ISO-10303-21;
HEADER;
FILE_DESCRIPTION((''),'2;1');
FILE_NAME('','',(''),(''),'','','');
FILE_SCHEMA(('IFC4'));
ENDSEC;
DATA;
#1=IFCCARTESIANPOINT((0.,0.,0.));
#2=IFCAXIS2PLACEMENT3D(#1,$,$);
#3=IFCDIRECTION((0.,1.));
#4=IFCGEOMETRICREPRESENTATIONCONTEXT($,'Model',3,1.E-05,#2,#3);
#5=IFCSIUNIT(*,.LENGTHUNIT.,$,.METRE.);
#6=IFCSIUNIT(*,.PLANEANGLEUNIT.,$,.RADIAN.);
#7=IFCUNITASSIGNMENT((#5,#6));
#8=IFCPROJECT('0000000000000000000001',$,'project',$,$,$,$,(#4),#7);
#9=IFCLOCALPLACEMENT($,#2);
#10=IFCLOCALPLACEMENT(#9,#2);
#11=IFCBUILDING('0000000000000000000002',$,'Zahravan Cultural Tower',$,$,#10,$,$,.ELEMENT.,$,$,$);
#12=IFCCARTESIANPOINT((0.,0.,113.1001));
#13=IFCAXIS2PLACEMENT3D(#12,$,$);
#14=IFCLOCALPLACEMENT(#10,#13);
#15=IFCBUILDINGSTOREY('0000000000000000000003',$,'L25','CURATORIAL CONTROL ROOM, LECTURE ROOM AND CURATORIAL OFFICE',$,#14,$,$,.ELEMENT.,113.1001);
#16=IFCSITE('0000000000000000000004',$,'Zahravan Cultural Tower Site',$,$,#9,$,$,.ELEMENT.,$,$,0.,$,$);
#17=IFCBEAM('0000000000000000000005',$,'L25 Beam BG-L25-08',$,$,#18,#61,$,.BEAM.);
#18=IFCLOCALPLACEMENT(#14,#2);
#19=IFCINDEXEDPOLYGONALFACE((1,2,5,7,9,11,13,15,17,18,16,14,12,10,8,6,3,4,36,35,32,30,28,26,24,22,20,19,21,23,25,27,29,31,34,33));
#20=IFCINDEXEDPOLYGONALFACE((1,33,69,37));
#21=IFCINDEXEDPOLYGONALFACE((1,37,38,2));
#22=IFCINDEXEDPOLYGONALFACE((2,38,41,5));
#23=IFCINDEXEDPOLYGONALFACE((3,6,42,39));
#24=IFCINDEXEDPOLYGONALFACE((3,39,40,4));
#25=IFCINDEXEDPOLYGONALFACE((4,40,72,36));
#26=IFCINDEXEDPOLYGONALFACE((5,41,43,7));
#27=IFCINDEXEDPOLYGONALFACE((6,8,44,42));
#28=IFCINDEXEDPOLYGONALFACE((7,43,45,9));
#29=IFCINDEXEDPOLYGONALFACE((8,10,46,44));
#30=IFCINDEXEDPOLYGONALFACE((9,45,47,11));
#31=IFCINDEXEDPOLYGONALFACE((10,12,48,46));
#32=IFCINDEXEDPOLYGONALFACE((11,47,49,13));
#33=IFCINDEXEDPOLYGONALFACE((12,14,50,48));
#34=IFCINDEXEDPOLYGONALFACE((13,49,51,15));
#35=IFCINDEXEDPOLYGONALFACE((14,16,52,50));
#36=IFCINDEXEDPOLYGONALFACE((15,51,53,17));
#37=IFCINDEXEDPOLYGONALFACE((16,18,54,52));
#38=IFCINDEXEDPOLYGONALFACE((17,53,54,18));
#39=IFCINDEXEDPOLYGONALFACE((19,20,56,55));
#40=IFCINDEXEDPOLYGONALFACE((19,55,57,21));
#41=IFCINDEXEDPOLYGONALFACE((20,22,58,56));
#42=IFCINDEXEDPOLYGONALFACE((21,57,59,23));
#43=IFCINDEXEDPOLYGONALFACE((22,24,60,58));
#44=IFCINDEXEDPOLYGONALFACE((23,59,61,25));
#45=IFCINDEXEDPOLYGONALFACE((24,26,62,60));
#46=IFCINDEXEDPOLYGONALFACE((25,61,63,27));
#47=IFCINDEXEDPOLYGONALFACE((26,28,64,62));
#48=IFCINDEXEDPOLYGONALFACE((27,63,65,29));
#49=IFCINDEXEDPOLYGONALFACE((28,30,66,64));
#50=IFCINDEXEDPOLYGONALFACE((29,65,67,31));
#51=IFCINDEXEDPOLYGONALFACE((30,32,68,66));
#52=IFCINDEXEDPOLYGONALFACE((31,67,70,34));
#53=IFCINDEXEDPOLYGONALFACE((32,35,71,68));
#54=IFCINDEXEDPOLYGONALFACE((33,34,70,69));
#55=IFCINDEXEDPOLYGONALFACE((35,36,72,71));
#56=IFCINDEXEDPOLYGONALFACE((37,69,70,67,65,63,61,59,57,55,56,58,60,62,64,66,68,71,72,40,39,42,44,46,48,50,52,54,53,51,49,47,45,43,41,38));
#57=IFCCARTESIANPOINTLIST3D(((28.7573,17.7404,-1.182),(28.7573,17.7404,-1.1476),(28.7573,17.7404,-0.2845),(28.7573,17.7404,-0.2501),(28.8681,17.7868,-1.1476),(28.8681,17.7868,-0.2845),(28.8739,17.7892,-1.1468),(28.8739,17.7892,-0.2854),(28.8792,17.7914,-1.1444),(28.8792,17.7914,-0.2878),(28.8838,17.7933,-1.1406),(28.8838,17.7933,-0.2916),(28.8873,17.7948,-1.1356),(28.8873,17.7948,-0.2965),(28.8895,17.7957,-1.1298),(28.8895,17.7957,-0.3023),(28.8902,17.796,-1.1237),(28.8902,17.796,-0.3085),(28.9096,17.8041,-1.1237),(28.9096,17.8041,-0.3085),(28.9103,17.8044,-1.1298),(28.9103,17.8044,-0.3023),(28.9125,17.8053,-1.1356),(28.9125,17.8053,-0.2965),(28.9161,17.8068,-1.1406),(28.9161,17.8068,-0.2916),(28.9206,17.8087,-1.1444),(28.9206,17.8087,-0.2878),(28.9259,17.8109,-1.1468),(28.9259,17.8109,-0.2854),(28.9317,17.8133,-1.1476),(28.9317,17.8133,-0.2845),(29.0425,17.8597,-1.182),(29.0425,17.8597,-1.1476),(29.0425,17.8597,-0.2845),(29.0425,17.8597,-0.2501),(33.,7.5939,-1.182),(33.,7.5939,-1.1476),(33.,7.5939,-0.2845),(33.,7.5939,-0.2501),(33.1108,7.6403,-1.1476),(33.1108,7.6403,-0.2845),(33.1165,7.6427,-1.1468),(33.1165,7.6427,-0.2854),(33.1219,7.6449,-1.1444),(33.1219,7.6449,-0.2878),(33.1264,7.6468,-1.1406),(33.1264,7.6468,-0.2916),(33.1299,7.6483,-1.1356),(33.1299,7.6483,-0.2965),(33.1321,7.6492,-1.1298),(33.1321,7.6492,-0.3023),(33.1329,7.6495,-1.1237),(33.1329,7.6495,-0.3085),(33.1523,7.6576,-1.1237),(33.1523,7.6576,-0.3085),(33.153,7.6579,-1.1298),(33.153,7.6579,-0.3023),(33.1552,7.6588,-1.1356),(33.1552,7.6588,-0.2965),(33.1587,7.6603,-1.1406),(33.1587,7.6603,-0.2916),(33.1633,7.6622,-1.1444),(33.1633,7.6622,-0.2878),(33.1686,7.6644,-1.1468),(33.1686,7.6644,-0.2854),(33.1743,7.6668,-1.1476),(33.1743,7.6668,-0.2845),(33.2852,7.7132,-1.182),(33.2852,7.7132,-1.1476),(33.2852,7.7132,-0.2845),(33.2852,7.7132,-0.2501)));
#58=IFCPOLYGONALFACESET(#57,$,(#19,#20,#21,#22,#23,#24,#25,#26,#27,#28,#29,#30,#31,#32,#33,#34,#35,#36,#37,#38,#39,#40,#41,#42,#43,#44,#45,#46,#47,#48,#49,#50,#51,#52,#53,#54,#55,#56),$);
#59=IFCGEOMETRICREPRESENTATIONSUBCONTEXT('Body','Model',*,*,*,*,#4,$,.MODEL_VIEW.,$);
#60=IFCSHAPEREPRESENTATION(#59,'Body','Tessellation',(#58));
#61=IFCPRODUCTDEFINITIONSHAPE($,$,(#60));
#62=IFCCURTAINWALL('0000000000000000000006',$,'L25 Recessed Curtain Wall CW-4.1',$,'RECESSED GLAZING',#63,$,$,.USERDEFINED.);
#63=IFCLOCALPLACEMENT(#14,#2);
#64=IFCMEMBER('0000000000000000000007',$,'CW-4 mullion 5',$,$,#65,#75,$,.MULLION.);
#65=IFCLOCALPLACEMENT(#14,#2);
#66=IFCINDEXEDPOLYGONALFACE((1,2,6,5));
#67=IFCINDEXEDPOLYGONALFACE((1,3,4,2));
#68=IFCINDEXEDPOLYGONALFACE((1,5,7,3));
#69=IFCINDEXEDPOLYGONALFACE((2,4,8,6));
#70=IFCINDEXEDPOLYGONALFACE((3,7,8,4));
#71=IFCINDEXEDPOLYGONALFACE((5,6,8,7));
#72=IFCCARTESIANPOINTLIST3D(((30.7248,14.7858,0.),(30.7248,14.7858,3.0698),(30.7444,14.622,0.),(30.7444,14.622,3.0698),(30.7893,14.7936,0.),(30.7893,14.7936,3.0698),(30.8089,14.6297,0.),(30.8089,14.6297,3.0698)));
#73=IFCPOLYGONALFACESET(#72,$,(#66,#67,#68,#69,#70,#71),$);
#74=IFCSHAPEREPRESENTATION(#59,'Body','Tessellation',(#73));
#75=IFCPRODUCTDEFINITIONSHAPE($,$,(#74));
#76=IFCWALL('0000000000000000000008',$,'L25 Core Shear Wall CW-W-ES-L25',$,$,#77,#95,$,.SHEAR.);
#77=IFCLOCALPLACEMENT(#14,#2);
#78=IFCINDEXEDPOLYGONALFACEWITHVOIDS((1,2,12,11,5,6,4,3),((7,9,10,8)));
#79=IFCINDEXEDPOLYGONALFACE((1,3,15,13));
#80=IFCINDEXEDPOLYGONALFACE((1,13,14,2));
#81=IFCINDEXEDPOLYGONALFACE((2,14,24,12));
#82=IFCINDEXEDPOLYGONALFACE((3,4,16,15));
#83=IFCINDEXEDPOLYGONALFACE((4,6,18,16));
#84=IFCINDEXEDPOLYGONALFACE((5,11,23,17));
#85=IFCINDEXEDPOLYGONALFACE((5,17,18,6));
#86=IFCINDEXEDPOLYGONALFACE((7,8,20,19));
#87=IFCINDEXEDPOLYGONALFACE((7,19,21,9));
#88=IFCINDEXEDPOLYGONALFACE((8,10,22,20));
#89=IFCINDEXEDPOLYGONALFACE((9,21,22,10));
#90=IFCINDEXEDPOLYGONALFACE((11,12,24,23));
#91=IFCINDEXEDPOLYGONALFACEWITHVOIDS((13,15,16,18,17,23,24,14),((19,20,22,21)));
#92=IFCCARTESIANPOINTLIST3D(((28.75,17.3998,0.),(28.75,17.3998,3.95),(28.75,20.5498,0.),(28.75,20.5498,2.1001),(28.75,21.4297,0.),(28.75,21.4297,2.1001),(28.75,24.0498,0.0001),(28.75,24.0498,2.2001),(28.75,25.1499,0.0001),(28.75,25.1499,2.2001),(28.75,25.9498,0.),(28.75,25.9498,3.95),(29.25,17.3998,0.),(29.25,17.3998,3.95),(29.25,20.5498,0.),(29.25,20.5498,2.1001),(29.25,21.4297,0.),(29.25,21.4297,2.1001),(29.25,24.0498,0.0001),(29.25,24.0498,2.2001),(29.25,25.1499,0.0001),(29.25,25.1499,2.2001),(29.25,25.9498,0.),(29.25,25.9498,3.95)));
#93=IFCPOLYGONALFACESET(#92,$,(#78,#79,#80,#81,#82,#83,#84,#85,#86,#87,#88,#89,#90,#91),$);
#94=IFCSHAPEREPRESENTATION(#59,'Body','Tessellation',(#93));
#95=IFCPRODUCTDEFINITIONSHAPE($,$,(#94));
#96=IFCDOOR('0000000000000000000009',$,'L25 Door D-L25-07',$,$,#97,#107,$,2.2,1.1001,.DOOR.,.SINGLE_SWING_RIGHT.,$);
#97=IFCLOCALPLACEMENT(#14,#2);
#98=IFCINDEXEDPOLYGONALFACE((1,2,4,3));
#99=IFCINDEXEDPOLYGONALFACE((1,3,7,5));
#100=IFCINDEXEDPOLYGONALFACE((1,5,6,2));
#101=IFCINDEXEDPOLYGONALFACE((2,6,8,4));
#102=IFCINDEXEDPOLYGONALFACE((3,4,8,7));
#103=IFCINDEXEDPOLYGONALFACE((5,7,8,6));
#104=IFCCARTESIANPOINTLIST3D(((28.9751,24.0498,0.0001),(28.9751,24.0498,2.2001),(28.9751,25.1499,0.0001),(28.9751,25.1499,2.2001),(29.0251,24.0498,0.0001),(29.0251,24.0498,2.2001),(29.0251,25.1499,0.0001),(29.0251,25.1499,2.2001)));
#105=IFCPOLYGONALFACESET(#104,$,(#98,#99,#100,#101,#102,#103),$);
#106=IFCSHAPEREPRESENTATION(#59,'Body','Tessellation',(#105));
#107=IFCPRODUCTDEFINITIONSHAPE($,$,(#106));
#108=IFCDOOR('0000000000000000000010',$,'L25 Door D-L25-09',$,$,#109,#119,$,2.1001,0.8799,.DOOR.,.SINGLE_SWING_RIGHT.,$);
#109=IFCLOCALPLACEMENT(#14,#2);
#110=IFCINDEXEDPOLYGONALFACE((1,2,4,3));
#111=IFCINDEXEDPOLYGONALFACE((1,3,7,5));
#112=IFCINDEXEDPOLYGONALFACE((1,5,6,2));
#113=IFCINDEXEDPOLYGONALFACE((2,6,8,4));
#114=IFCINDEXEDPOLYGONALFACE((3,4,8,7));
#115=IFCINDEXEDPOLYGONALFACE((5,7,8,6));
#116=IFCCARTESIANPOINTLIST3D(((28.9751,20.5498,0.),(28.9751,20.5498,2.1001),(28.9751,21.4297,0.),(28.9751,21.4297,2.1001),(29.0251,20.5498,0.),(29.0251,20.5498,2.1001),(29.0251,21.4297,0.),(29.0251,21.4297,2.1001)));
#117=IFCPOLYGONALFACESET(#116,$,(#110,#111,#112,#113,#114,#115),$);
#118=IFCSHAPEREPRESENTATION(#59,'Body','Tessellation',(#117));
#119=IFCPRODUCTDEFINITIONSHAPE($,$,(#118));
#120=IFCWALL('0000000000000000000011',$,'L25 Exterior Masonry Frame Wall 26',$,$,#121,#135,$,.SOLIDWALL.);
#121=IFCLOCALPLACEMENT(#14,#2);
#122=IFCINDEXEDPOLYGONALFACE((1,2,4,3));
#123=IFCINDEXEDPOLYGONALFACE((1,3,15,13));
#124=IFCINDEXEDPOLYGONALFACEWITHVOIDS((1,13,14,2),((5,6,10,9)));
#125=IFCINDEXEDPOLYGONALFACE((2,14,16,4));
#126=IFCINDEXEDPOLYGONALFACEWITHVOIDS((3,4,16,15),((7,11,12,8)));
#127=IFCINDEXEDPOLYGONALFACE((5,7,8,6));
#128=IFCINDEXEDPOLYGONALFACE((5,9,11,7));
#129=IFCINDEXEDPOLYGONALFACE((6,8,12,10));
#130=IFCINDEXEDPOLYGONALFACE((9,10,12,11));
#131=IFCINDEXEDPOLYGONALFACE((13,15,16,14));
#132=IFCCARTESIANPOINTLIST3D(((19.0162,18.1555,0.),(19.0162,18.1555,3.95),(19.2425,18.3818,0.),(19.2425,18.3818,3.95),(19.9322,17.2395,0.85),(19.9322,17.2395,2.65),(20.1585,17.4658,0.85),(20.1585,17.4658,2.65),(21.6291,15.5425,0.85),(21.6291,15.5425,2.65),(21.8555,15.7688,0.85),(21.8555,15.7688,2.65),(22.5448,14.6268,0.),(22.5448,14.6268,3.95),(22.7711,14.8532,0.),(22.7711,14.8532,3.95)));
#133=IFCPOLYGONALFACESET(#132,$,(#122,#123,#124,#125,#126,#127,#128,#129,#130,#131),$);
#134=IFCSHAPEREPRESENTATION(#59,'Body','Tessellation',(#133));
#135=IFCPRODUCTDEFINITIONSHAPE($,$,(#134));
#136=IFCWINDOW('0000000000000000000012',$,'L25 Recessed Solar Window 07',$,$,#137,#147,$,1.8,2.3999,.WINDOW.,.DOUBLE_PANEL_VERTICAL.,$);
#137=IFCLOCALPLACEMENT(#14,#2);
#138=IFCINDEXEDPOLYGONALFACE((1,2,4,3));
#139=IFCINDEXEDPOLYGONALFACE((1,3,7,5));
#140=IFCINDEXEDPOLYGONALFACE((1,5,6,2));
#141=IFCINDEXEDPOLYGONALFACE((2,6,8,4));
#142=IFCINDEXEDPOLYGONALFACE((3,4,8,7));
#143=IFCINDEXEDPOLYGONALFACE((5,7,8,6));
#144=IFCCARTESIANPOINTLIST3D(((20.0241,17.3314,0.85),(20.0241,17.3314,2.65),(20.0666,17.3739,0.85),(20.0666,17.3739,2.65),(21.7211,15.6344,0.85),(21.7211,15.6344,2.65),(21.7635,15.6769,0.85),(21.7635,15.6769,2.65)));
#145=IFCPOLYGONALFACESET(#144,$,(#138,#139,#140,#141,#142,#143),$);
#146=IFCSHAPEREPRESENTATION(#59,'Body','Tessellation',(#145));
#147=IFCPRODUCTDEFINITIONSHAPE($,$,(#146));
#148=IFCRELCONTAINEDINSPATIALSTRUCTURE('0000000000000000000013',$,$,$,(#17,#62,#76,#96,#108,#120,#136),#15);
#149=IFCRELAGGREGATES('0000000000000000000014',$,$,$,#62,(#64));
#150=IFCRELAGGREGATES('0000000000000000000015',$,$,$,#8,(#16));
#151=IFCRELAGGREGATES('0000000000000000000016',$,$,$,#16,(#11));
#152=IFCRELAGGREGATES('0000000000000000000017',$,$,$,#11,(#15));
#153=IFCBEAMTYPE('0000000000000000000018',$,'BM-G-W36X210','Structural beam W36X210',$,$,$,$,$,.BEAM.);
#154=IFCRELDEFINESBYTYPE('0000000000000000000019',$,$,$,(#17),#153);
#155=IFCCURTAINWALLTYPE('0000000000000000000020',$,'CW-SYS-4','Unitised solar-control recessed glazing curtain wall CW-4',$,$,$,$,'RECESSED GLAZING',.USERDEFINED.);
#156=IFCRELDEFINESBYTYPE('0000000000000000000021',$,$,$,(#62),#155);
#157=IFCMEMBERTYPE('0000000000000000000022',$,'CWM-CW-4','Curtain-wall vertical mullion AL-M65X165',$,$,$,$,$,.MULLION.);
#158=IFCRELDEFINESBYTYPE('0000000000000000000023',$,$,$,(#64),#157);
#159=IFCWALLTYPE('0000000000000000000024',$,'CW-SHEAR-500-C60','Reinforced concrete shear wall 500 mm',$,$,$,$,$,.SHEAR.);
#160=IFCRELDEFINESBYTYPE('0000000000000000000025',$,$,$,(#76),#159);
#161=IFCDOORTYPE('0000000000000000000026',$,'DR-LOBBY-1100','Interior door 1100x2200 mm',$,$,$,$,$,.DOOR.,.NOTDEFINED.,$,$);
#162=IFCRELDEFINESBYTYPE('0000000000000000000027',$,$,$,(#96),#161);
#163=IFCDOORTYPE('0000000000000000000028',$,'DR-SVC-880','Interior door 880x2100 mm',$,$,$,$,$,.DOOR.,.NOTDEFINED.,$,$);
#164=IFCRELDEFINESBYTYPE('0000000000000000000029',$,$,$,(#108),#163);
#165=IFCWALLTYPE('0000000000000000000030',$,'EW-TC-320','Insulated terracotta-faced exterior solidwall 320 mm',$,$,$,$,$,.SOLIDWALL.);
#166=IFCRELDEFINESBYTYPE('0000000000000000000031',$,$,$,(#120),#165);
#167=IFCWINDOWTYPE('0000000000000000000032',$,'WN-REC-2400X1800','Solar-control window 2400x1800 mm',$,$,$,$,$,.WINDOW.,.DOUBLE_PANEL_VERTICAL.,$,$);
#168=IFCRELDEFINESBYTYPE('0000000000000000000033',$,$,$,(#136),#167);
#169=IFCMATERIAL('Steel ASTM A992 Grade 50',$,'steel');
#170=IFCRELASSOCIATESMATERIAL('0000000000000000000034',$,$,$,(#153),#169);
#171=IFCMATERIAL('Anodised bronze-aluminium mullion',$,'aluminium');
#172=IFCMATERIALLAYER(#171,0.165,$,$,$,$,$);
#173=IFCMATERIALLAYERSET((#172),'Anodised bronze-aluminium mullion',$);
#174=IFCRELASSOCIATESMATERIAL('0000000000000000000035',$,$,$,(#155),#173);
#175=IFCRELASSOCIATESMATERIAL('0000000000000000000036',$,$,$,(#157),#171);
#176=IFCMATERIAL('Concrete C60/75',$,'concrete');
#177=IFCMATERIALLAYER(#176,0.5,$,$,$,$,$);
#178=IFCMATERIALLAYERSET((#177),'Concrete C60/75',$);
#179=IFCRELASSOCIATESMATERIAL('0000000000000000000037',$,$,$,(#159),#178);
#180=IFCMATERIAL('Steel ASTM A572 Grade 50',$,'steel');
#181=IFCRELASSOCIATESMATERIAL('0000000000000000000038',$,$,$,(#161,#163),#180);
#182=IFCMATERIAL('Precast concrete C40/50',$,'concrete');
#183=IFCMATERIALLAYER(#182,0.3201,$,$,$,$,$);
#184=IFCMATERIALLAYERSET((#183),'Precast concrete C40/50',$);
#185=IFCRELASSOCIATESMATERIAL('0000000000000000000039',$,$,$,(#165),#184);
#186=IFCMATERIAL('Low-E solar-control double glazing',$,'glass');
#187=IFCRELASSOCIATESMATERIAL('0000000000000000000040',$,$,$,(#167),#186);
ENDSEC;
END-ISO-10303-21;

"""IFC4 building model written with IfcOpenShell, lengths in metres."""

from ifc_helpers import new_model, si_unit, direction, frame, frame_2d, origin, origin_2d, place, context, subcontext, project, spatial, rectangle, i_section, extrude, source, transform, mapped, material, layer, layer_set, material_profile, profile_set, type_object, element, fill, aggregate, save


model = new_model("IFC4")

# Units and contexts
model_context = context("Model", 3, precision=1e-05, world=origin(), true_north=direction((0.0, 1.0)))
body_context = subcontext(model_context, "Body", "Model", "MODEL_VIEW")
ifc_project = project(units=[si_unit("LENGTHUNIT", "METRE"), si_unit("PLANEANGLEUNIT", "RADIAN")], contexts=[model_context])

# Site, building, storey
site_placement = place(None, origin())
site = spatial("IfcSite", under=ifc_project, at=site_placement, Name="Zahravan Cultural Tower Site", CompositionType="ELEMENT", RefElevation=0.0)
building_placement = place(site_placement, origin())
building = spatial("IfcBuilding", under=site, at=building_placement, Name="Zahravan Cultural Tower", CompositionType="ELEMENT")
storey_placement = place(building_placement, frame((0.0, 0.0, 113.1001)))
storey = spatial("IfcBuildingStorey", under=building, at=storey_placement, Name="L25", Description="CURATORIAL CONTROL ROOM, LECTURE ROOM AND CURATORIAL OFFICE", CompositionType="ELEMENT", Elevation=113.1001)

# Shared definitions
ifc_material_1 = material(Name="Concrete C60/75", Category="concrete")

# Beam
ifc_material_2 = material(Name="Steel ASTM A992 Grade 50", Category="steel")
ifc_material_profile_1 = material_profile(ifc_material_2, i_section(OverallWidth=0.3091, OverallDepth=0.9319, WebThickness=0.021, FlangeThickness=0.0344, FilletRadius=0.0239, at=origin_2d()), Name="W36X210")
ifc_profile_set_1 = profile_set([ifc_material_profile_1], Name="Steel ASTM A992 Grade 50")
beam_type_1 = type_object("IfcBeamType", Name="BM-G-W36X210", Description="Structural beam W36X210", PredefinedType="BEAM", material=ifc_profile_set_1)
shared_shape_1 = source(origin(), body_context, "Body", "SweptSolid", [
    extrude(i_section(OverallWidth=0.3091, OverallDepth=0.9319, WebThickness=0.021, FlangeThickness=0.0344, FilletRadius=0.0239, at=origin_2d()), origin(), (0.0, 0.0, 1.0), 10.9978),
])
beam_1_placement = place(storey_placement, frame((28.8999, 17.8, -0.7161), z_axis=(0.385775, -0.922593, 0.0), x_axis=(0.922593, 0.385775, 0.0)))
element("IfcBeam", 1, at=beam_1_placement, inside=storey, type_object=beam_type_1, Name="L25 Beam BG-L25-08", PredefinedType="BEAM", context=body_context, shape_type="MappedRepresentation", body=[
    mapped(shared_shape_1, transform((0.0, 0.0, 0.0), x_axis=(1.0, 0.0, 0.0), y_axis=(0.0, 1.0, 0.0), z_axis=(0.0, 0.0, 1.0), scale=1.0)),
])

# Curtain wall, member
ifc_material_3 = material(Name="Anodised bronze-aluminium mullion", Category="aluminium")
ifc_layer_1 = layer(ifc_material_3, 0.165)
ifc_layer_set_1 = layer_set([ifc_layer_1], Name="Anodised bronze-aluminium mullion")
curtain_wall_type = type_object("IfcCurtainWallType", Name="CW-SYS-4", Description="Unitised solar-control recessed glazing curtain wall CW-4", ElementType="RECESSED GLAZING", PredefinedType="USERDEFINED", material=ifc_layer_set_1)
curtain_wall_placement = place(storey_placement, origin())
curtain_wall = element("IfcCurtainWall", 2, at=curtain_wall_placement, inside=storey, type_object=curtain_wall_type, Name="L25 Recessed Curtain Wall CW-4.1", ObjectType="RECESSED GLAZING", PredefinedType="USERDEFINED")
ifc_material_profile_2 = material_profile(ifc_material_3, rectangle(XDim=0.0649, YDim=0.165, at=origin_2d()), Name="AL-M65X165")
ifc_profile_set_2 = profile_set([ifc_material_profile_2], Name="Anodised bronze-aluminium mullion")
member_type = type_object("IfcMemberType", Name="CWM-CW-4", Description="Curtain-wall vertical mullion AL-M65X165", PredefinedType="MULLION", material=ifc_profile_set_2)
shared_shape_2 = source(origin(), body_context, "Body", "SweptSolid", [
    extrude(rectangle(XDim=0.0649, YDim=0.165, at=origin_2d()), origin(), (0.0, 0.0, 1.0), 3.0698),
])
member_placement = place(storey_placement, frame((30.7668, 14.7078, 0.0), z_axis=(0.0, 0.0, 1.0), x_axis=(-0.992883, -0.119095, 0.0)))
member = element("IfcMember", 3, at=member_placement, type_object=member_type, Name="CW-4 mullion 5", PredefinedType="MULLION", context=body_context, shape_type="MappedRepresentation", body=[
    mapped(shared_shape_2, transform((0.0, 0.0, 0.0), x_axis=(1.0, 0.0, 0.0), y_axis=(0.0, 1.0, 0.0), z_axis=(0.0, 0.0, 1.0), scale=1.0)),
])
aggregate(curtain_wall, [member])

# Wall, openings, doors
ifc_layer_2 = layer(ifc_material_1, 0.5)
ifc_layer_set_2 = layer_set([ifc_layer_2], Name="Concrete C60/75")
wall_type_1 = type_object("IfcWallType", Name="CW-SHEAR-500-C60", Description="Reinforced concrete shear wall 500 mm", PredefinedType="SHEAR", material=ifc_layer_set_2)
wall_1_placement = place(storey_placement, frame((29.0, 17.3999, 0.0), z_axis=(0.0, 0.0, 1.0), x_axis=(0.0, 1.0, 0.0)))
wall_1 = element("IfcWall", 4, at=wall_1_placement, inside=storey, type_object=wall_type_1, Name="L25 Core Shear Wall CW-W-ES-L25", PredefinedType="SHEAR", context=body_context, shape_type="SweptSolid", body=[
    extrude(rectangle(XDim=8.55, YDim=0.5, at=frame_2d((4.2749, 0.0))), origin(), (0.0, 0.0, 1.0), 3.95),
])
opening_1_placement = place(wall_1_placement, frame((6.6499, 0.0, 0.0)))
opening_1 = element("IfcOpeningElement", 5, at=opening_1_placement, cuts=wall_1, PredefinedType="OPENING", context=body_context, shape_type="SweptSolid", body=[
    extrude(rectangle(XDim=1.1001, YDim=2.2, at=frame_2d((0.55, 1.1001))), frame((0.0, 0.26, 0.0), z_axis=(0.0, -1.0, 0.0), x_axis=(1.0, 0.0, 0.0)), (0.0, 0.0, 1.0), 0.52),
])
opening_2_placement = place(wall_1_placement, frame((3.1499, 0.0, 0.0)))
opening_2 = element("IfcOpeningElement", 6, at=opening_2_placement, cuts=wall_1, PredefinedType="OPENING", context=body_context, shape_type="SweptSolid", body=[
    extrude(rectangle(XDim=0.8799, YDim=2.1001, at=frame_2d((0.4399, 1.05))), frame((0.0, 0.26, 0.0), z_axis=(0.0, -1.0, 0.0), x_axis=(1.0, 0.0, 0.0)), (0.0, 0.0, 1.0), 0.52),
])
ifc_material_4 = material(Name="Steel ASTM A572 Grade 50", Category="steel")
door_type_1 = type_object("IfcDoorType", Name="DR-LOBBY-1100", Description="Interior door 1100x2200 mm", OperationType="NOTDEFINED", PredefinedType="DOOR", material=ifc_material_4)
shared_shape_3 = source(origin(), body_context, "Body", "SweptSolid", [
    extrude(rectangle(XDim=1.1001, YDim=2.2, at=frame_2d((0.55, 1.1001))), frame((0.0, 0.0249, 0.0), z_axis=(0.0, -1.0, 0.0), x_axis=(1.0, 0.0, 0.0)), (0.0, 0.0, 1.0), 0.05),
])
door_1_placement = place(opening_1_placement, origin())
door_1 = element("IfcDoor", 7, at=door_1_placement, inside=storey, type_object=door_type_1, Name="L25 Door D-L25-07", OperationType="SINGLE_SWING_RIGHT", OverallHeight=2.2, OverallWidth=1.1001, PredefinedType="DOOR", context=body_context, shape_type="MappedRepresentation", body=[
    mapped(shared_shape_3, transform((0.0, 0.0, 0.0), x_axis=(1.0, 0.0, 0.0), y_axis=(0.0, 1.0, 0.0), z_axis=(0.0, 0.0, 1.0), scale=1.0)),
])
fill(opening_1, door_1)
door_type_2 = type_object("IfcDoorType", Name="DR-SVC-880", Description="Interior door 880x2100 mm", OperationType="NOTDEFINED", PredefinedType="DOOR", material=ifc_material_4)
shared_shape_4 = source(origin(), body_context, "Body", "SweptSolid", [
    extrude(rectangle(XDim=0.8799, YDim=2.1001, at=frame_2d((0.4399, 1.05))), frame((0.0, 0.0249, 0.0), z_axis=(0.0, -1.0, 0.0), x_axis=(1.0, 0.0, 0.0)), (0.0, 0.0, 1.0), 0.05),
])
door_2_placement = place(opening_2_placement, origin())
door_2 = element("IfcDoor", 8, at=door_2_placement, inside=storey, type_object=door_type_2, Name="L25 Door D-L25-09", OperationType="SINGLE_SWING_RIGHT", OverallHeight=2.1001, OverallWidth=0.8799, PredefinedType="DOOR", context=body_context, shape_type="MappedRepresentation", body=[
    mapped(shared_shape_4, transform((0.0, 0.0, 0.0), x_axis=(1.0, 0.0, 0.0), y_axis=(0.0, 1.0, 0.0), z_axis=(0.0, 0.0, 1.0), scale=1.0)),
])
fill(opening_2, door_2)

# Wall, opening, window
ifc_material_5 = material(Name="Precast concrete C40/50", Category="concrete")
ifc_layer_3 = layer(ifc_material_5, 0.3201)
ifc_layer_set_3 = layer_set([ifc_layer_3], Name="Precast concrete C40/50")
wall_type_2 = type_object("IfcWallType", Name="EW-TC-320", Description="Insulated terracotta-faced exterior solidwall 320 mm", PredefinedType="SOLIDWALL", material=ifc_layer_set_3)
wall_2_placement = place(storey_placement, frame((22.658, 14.74, 0.0), z_axis=(0.0, 0.0, 1.0), x_axis=(-0.707107, 0.707107, 0.0)))
wall_2 = element("IfcWall", 9, at=wall_2_placement, inside=storey, type_object=wall_type_2, Name="L25 Exterior Masonry Frame Wall 26", PredefinedType="SOLIDWALL", context=body_context, shape_type="SweptSolid", body=[
    extrude(rectangle(XDim=4.9902, YDim=0.3201, at=frame_2d((2.4951, 0.0))), origin(), (0.0, 0.0, 1.0), 3.95),
])
opening_3_placement = place(wall_2_placement, frame((1.2949, 0.0, 0.8501)))
opening_3 = element("IfcOpeningElement", 10, at=opening_3_placement, cuts=wall_2, PredefinedType="OPENING", context=body_context, shape_type="SweptSolid", body=[
    extrude(rectangle(XDim=2.3999, YDim=1.8, at=frame_2d((1.2, 0.8999))), frame((0.0, 0.1699, 0.0), z_axis=(0.0, -1.0, 0.0), x_axis=(1.0, 0.0, 0.0)), (0.0, 0.0, 1.0), 0.3401),
])
ifc_material_6 = material(Name="Low-E solar-control double glazing", Category="glass")
window_type = type_object("IfcWindowType", Name="WN-REC-2400X1800", Description="Solar-control window 2400x1800 mm", PartitioningType="DOUBLE_PANEL_VERTICAL", PredefinedType="WINDOW", material=ifc_material_6)
shared_shape_5 = source(origin(), body_context, "Body", "SweptSolid", [
    extrude(rectangle(XDim=2.3999, YDim=1.8, at=frame_2d((1.2, 0.8999))), frame((0.0, 0.03, 0.0), z_axis=(0.0, -1.0, 0.0), x_axis=(1.0, 0.0, 0.0)), (0.0, 0.0, 1.0), 0.0601),
])
window_placement = place(opening_3_placement, origin())
window = element("IfcWindow", 11, at=window_placement, inside=storey, type_object=window_type, Name="L25 Recessed Solar Window 07", OverallHeight=1.8, OverallWidth=2.3999, PartitioningType="DOUBLE_PANEL_VERTICAL", PredefinedType="WINDOW", context=body_context, shape_type="MappedRepresentation", body=[
    mapped(shared_shape_5, transform((0.0, 0.0, 0.0), x_axis=(1.0, 0.0, 0.0), y_axis=(0.0, 1.0, 0.0), z_axis=(0.0, 0.0, 1.0), scale=1.0)),
])
fill(opening_3, window)

save(model, "model.ifc")
